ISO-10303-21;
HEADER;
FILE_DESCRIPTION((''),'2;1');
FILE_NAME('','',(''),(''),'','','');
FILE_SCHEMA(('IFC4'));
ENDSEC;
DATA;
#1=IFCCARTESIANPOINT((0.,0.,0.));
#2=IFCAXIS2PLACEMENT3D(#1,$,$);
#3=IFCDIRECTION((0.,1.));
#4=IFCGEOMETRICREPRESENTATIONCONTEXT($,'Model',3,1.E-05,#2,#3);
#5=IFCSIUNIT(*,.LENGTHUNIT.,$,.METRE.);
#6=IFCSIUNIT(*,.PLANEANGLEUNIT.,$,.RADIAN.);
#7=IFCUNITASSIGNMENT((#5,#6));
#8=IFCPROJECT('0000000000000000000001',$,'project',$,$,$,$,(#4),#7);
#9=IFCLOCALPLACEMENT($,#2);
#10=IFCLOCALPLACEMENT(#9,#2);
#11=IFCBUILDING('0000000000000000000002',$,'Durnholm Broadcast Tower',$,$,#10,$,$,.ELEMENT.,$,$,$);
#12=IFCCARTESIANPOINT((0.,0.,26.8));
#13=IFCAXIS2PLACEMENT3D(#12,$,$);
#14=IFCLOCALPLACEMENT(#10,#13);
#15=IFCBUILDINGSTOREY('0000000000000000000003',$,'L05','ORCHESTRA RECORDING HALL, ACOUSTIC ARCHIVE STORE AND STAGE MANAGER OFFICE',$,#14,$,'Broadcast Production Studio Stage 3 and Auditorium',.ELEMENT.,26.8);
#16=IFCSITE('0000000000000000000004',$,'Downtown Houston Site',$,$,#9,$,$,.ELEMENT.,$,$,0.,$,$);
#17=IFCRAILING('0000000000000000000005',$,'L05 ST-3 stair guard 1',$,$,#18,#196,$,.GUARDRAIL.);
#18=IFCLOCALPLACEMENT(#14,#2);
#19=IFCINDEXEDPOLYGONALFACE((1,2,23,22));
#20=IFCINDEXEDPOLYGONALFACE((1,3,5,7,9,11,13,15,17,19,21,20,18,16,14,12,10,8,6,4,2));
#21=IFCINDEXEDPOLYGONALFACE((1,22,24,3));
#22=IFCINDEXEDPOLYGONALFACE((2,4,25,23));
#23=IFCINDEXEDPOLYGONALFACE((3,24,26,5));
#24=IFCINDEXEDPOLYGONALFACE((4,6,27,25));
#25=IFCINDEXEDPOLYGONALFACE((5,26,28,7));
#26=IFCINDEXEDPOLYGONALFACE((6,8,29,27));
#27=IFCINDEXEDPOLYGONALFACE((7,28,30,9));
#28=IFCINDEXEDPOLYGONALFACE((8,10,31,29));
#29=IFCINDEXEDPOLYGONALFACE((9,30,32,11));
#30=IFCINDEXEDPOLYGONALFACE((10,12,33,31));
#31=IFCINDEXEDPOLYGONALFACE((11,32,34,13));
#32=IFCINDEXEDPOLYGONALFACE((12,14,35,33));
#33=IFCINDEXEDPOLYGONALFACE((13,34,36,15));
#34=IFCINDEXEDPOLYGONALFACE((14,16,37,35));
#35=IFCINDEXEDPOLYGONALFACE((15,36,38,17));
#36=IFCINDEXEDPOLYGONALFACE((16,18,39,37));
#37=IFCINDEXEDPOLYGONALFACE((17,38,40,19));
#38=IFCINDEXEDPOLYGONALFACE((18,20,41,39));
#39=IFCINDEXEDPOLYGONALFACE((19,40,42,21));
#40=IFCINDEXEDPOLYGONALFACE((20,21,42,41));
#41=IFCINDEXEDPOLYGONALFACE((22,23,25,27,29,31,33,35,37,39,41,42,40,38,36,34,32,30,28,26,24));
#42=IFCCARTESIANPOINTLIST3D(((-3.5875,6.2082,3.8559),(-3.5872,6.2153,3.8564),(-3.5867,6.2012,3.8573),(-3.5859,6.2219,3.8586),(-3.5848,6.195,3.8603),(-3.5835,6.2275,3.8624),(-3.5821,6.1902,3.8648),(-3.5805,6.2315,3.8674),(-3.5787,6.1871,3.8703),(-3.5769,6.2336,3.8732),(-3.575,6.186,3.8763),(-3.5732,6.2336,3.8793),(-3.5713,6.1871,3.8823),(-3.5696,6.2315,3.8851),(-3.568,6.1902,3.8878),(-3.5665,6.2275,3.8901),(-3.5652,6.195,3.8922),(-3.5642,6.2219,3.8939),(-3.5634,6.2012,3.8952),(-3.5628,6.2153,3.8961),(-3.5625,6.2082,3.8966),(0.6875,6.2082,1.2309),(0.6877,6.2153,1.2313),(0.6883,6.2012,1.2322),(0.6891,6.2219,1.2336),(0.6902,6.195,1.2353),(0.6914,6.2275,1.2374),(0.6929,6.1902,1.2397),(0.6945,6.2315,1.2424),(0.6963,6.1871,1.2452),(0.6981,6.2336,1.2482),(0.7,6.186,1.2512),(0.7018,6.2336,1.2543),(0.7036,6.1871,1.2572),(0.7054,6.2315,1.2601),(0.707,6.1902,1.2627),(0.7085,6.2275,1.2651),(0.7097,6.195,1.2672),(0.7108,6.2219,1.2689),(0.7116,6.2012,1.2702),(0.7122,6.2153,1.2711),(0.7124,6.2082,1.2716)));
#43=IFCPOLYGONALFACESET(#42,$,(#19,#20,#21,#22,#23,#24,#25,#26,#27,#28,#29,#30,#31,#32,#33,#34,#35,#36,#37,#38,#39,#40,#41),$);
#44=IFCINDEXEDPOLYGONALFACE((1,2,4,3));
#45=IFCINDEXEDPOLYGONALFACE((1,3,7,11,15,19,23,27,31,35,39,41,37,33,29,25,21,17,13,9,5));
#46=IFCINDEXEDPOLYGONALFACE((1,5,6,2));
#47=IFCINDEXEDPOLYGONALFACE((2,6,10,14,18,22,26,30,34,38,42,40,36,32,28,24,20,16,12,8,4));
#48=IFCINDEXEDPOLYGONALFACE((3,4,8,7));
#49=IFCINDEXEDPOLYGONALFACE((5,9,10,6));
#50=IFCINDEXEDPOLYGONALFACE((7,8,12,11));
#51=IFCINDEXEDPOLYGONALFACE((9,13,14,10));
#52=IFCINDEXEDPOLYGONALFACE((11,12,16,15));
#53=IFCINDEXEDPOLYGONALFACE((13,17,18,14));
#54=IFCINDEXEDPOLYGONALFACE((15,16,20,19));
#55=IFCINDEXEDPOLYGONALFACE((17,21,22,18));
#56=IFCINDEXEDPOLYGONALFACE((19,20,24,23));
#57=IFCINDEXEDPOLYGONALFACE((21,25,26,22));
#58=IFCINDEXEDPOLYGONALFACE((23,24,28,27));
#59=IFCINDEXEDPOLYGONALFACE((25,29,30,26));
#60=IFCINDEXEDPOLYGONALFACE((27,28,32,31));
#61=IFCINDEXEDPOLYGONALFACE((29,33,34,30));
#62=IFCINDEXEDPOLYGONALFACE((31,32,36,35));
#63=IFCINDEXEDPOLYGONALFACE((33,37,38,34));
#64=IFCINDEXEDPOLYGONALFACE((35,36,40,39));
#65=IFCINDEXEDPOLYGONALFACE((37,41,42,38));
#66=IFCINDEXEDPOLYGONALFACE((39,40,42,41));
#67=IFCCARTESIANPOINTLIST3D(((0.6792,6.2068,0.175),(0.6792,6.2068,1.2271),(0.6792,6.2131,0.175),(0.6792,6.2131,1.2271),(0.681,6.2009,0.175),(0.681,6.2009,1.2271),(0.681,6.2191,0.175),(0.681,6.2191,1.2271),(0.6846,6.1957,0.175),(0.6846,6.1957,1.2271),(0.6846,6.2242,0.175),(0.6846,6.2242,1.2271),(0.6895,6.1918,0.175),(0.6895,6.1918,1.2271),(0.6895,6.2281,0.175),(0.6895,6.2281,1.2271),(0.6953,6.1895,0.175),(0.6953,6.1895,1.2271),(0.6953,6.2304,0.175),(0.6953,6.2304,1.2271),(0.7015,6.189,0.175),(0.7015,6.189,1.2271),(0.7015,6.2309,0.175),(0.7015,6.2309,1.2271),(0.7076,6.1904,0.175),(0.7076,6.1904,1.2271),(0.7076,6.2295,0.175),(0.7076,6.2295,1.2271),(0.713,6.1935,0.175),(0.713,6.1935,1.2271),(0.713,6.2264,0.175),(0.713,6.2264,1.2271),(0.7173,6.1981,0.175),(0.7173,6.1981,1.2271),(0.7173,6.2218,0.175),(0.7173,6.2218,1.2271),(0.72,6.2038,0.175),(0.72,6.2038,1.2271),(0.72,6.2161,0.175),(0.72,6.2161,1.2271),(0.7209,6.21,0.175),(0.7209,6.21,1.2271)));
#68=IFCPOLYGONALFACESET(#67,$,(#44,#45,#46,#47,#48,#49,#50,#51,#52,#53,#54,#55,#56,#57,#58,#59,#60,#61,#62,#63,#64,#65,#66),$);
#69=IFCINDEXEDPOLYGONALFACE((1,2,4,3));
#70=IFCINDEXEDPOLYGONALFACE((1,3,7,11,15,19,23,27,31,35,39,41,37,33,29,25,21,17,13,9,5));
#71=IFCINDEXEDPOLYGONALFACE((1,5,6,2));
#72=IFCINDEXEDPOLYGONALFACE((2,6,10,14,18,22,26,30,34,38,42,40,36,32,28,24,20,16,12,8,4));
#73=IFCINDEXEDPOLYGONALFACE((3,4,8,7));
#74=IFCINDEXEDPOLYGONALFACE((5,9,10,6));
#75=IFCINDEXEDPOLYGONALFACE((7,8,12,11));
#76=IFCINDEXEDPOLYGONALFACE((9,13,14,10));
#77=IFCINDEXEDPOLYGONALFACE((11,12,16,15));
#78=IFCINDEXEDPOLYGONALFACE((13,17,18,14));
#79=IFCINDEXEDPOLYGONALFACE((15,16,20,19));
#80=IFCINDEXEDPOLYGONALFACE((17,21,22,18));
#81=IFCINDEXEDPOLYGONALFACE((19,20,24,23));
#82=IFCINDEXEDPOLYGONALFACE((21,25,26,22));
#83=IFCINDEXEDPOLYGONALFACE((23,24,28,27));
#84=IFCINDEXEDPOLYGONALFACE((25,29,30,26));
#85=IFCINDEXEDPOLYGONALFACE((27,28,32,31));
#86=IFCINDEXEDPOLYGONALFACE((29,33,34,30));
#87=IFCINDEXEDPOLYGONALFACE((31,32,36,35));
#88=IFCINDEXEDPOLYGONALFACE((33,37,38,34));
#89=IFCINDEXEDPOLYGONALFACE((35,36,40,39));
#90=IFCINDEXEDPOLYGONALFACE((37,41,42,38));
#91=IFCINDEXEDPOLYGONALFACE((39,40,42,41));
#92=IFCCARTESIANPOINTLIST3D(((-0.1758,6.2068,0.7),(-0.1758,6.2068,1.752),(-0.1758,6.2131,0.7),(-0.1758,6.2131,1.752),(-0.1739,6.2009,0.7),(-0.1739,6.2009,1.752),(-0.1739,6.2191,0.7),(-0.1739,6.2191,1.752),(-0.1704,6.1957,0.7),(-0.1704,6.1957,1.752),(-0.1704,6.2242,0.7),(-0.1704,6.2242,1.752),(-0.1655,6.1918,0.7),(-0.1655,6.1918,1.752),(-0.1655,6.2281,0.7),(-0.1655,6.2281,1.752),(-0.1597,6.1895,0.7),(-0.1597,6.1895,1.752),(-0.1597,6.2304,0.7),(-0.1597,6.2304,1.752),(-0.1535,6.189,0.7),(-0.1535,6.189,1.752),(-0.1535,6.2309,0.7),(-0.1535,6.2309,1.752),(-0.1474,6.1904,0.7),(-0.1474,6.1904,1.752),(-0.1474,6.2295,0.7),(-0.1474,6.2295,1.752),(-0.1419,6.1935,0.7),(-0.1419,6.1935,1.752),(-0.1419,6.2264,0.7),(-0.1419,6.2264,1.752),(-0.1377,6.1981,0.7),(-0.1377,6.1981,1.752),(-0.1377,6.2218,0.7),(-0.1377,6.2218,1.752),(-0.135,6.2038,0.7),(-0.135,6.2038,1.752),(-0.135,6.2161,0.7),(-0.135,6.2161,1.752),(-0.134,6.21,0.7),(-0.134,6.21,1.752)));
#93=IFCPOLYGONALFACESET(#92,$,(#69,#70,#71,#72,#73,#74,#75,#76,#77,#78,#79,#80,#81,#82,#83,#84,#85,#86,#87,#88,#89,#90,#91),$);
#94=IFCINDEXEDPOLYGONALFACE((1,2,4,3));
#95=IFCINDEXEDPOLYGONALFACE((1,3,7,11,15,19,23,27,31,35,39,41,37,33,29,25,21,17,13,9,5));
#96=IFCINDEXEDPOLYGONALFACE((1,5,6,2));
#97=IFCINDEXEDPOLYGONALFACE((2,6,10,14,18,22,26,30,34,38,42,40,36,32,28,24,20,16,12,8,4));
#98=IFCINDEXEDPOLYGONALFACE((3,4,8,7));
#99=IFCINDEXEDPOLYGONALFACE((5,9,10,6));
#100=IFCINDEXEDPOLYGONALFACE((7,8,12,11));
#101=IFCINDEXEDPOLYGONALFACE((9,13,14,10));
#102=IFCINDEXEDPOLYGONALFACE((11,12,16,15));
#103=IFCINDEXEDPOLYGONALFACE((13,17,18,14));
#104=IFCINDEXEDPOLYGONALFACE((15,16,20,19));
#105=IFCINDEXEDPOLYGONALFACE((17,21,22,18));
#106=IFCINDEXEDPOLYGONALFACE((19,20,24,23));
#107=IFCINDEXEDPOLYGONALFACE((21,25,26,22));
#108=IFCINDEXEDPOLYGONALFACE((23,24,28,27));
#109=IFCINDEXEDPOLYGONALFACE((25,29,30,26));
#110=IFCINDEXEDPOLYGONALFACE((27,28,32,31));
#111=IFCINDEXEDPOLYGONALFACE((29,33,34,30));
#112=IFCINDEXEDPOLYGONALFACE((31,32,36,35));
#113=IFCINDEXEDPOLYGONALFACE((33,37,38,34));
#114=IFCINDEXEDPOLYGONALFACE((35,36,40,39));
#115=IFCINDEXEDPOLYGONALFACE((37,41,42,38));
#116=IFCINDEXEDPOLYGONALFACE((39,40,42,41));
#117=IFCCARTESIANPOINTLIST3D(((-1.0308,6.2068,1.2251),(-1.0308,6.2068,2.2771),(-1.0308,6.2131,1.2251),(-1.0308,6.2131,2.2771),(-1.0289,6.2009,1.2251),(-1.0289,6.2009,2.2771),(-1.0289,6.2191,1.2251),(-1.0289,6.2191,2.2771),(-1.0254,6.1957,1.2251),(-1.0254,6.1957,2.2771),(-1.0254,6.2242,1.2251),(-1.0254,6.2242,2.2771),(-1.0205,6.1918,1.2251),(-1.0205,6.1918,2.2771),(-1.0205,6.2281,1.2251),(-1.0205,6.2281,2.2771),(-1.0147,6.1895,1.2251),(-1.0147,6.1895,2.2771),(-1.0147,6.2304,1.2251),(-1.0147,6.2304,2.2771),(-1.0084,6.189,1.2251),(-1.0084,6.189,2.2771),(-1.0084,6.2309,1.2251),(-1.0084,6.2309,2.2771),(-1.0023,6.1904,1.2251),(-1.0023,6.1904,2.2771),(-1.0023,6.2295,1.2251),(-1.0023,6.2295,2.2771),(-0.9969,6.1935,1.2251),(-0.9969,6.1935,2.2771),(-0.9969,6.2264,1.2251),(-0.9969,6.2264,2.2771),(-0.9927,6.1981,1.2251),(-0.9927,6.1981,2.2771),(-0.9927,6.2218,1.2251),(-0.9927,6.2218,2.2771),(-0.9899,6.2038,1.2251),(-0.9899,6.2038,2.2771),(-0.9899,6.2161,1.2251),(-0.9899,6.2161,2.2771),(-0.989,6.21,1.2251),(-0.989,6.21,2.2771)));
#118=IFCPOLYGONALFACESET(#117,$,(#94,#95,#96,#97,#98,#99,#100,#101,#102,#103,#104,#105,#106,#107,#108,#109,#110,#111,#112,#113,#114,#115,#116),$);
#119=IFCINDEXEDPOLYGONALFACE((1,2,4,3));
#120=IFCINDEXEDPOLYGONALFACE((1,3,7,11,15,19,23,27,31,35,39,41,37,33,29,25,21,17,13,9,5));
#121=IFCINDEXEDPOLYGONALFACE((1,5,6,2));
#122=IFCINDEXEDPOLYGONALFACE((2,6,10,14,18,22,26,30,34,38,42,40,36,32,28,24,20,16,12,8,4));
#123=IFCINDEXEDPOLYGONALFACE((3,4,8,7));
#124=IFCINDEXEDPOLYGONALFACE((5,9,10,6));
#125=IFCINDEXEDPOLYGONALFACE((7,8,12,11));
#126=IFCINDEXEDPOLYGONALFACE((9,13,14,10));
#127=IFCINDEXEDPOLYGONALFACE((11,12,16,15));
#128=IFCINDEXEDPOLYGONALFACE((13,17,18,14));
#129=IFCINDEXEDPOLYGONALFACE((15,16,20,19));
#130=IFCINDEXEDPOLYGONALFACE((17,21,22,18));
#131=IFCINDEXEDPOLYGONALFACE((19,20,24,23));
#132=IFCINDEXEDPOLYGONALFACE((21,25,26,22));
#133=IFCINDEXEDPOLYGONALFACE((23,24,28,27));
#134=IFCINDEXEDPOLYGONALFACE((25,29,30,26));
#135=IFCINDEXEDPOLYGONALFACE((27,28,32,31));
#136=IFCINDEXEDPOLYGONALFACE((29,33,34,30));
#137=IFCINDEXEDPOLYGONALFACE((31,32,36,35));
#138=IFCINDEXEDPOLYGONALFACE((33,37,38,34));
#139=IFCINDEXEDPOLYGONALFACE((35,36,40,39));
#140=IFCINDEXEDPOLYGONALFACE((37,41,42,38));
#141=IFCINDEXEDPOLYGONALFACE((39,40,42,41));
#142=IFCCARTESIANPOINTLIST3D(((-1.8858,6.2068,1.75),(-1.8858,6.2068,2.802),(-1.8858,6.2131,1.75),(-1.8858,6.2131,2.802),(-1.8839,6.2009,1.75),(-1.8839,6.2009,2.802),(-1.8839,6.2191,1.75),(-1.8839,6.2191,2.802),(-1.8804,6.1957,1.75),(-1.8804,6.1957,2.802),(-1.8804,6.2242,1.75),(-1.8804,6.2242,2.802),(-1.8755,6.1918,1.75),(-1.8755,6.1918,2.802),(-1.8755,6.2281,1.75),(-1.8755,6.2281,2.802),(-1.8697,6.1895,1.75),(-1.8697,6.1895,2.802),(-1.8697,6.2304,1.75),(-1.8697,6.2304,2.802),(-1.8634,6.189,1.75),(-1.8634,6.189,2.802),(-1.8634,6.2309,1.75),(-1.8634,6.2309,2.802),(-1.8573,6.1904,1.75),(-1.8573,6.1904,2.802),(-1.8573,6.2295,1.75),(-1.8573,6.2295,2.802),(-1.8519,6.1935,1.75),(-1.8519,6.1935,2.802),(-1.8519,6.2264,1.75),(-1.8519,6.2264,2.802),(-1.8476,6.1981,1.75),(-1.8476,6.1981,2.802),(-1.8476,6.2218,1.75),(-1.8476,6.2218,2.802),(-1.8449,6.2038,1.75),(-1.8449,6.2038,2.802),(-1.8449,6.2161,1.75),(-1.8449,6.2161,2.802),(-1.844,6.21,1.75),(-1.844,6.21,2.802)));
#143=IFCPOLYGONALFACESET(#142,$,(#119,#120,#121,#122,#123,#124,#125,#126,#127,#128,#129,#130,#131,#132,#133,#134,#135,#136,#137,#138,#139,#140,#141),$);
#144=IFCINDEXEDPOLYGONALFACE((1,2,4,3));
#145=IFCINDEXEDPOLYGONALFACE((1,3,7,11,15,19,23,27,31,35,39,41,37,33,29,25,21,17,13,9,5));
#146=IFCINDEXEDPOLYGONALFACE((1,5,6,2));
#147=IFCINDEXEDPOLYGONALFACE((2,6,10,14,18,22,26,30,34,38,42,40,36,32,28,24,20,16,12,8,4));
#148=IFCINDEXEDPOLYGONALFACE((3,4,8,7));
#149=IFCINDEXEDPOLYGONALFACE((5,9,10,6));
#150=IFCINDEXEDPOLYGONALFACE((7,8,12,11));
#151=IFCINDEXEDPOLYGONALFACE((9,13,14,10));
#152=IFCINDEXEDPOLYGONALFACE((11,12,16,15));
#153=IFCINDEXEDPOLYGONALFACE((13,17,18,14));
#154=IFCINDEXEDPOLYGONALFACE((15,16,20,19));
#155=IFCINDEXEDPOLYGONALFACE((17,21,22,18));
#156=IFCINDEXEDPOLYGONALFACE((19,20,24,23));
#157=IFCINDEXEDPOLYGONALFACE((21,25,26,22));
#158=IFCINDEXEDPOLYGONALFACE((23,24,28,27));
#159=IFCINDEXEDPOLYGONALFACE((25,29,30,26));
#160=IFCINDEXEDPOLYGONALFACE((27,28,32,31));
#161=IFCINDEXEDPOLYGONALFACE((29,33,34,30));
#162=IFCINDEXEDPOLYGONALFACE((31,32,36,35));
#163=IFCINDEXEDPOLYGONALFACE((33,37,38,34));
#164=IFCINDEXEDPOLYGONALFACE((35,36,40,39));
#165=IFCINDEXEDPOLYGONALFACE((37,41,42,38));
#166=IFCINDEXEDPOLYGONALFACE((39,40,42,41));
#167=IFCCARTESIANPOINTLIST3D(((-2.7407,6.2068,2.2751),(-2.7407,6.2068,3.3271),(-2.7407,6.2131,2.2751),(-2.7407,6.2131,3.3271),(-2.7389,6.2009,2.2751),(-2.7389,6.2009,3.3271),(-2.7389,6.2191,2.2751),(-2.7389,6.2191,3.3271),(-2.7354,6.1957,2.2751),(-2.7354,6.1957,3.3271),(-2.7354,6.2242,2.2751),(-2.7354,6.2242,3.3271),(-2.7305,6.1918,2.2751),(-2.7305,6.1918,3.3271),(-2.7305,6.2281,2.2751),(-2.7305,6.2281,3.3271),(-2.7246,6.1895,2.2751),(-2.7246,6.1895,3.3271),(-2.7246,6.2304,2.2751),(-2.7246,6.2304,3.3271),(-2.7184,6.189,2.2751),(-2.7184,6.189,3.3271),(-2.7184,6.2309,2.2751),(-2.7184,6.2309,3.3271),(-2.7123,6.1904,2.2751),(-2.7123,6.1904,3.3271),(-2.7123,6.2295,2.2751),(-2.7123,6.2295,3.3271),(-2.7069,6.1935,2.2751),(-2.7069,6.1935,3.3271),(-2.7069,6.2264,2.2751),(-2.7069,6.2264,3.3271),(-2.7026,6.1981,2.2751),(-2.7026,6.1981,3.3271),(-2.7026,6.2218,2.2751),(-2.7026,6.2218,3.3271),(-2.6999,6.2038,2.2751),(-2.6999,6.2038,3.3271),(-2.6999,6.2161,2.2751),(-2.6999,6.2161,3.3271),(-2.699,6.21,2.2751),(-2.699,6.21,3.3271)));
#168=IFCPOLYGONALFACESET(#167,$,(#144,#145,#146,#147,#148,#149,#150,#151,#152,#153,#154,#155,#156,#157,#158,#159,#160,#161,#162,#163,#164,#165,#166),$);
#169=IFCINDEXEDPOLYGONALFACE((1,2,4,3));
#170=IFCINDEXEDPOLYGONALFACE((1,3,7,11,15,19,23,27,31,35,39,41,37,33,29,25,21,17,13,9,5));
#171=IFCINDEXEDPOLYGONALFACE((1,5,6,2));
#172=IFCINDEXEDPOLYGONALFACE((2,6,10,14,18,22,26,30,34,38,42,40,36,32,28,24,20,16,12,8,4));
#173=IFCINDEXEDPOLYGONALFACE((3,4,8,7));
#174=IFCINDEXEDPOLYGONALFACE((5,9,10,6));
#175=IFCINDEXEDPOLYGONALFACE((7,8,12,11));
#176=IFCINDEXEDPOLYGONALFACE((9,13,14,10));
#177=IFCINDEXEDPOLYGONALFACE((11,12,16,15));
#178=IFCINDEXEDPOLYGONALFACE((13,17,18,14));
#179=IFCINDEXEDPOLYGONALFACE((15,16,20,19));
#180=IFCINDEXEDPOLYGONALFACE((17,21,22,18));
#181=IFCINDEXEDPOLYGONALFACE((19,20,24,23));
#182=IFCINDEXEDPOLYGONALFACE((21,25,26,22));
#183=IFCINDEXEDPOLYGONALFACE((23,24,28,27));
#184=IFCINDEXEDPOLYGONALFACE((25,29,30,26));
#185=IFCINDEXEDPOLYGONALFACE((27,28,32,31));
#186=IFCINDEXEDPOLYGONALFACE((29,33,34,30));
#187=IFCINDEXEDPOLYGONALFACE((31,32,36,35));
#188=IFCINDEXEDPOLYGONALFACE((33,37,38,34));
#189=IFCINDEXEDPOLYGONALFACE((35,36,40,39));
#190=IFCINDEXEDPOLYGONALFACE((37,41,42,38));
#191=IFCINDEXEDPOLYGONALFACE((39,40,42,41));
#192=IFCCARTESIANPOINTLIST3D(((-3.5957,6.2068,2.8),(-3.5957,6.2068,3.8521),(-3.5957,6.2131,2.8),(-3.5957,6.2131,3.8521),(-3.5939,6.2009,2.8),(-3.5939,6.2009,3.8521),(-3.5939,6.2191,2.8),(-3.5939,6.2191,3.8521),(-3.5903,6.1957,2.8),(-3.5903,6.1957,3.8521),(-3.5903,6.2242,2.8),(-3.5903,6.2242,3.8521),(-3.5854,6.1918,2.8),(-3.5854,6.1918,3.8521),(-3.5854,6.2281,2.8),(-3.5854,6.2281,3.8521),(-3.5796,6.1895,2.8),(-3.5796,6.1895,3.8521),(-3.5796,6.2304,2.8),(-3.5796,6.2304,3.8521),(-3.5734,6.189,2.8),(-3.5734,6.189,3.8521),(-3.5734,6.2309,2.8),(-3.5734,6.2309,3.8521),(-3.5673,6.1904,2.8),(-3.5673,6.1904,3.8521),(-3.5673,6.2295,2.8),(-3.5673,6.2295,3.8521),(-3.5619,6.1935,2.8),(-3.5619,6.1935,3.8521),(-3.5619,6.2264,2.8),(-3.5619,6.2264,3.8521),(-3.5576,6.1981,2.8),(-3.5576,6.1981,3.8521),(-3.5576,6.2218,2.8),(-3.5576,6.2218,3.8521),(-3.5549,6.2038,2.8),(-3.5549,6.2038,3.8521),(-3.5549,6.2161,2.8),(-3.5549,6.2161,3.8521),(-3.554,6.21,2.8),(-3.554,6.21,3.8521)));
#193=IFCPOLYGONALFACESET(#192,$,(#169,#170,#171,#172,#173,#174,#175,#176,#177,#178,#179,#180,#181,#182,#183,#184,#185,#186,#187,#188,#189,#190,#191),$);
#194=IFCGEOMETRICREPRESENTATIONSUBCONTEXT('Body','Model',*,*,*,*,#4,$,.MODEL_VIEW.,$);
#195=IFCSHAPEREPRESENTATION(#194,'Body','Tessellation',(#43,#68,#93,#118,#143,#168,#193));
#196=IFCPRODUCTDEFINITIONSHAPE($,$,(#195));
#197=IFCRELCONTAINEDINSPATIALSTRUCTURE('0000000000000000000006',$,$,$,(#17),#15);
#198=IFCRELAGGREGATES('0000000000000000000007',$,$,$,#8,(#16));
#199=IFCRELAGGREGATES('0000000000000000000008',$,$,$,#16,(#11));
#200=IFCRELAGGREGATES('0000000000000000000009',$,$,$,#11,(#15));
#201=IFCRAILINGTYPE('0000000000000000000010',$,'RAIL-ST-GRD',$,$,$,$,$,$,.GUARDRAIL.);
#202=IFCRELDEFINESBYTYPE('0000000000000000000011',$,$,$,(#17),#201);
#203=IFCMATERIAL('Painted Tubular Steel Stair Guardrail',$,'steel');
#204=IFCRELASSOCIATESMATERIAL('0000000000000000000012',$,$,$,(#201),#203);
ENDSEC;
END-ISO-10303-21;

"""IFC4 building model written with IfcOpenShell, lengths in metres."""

from ifc_helpers import new_model, si_unit, direction, frame, origin, origin_2d, place, context, subcontext, project, spatial, circle, extrude, material, type_object, element, save


model = new_model("IFC4")

# Units and contexts
model_context = context("Model", 3, precision=1e-05, world=origin(), true_north=direction((0.0, 1.0)))
body_context = subcontext(model_context, "Body", "Model", "MODEL_VIEW")
ifc_project = project(units=[si_unit("LENGTHUNIT", "METRE"), si_unit("PLANEANGLEUNIT", "RADIAN")], contexts=[model_context])

# Site, building, storey
site_placement = place(None, origin())
site = spatial("IfcSite", under=ifc_project, at=site_placement, Name="Downtown Houston Site", CompositionType="ELEMENT", RefElevation=0.0)
building_placement = place(site_placement, origin())
building = spatial("IfcBuilding", under=site, at=building_placement, Name="Durnholm Broadcast Tower", CompositionType="ELEMENT")
storey_placement = place(building_placement, frame((0.0, 0.0, 26.8)))
storey = spatial("IfcBuildingStorey", under=building, at=storey_placement, Name="L05", Description="ORCHESTRA RECORDING HALL, ACOUSTIC ARCHIVE STORE AND STAGE MANAGER OFFICE", LongName="Broadcast Production Studio Stage 3 and Auditorium", CompositionType="ELEMENT", Elevation=26.8)

# Railing
ifc_material_1 = material(Name="Painted Tubular Steel Stair Guardrail", Category="steel")
railing_type_1 = type_object("IfcRailingType", Name="RAIL-ST-GRD", PredefinedType="GUARDRAIL", material=ifc_material_1)
railing_1_placement = place(storey_placement, frame((0.7, 6.21, 0.175)))
element("IfcRailing", 1, at=railing_1_placement, inside=storey, type_object=railing_type_1, Name="L05 ST-3 stair guard 1", PredefinedType="GUARDRAIL", context=body_context, shape_type="SweptSolid", body=[
    extrude(circle(Radius=0.0239, at=origin_2d()), frame((0.0, 0.0, 1.0762), z_axis=(-0.852166, 0.0, 0.523272), x_axis=(0.0, -1.0, 0.0)), (0.0, 0.0, 1.0), 5.0166),
    extrude(circle(Radius=0.021, at=origin_2d()), origin(), (0.0, 0.0, 1.0), 1.052),
    extrude(circle(Radius=0.021, at=origin_2d()), frame((-0.855, 0.0, 0.5249)), (0.0, 0.0, 1.0), 1.052),
    extrude(circle(Radius=0.021, at=origin_2d()), frame((-1.71, 0.0, 1.05)), (0.0, 0.0, 1.0), 1.052),
    extrude(circle(Radius=0.021, at=origin_2d()), frame((-2.5649, 0.0, 1.575)), (0.0, 0.0, 1.0), 1.052),
    extrude(circle(Radius=0.021, at=origin_2d()), frame((-3.4199, 0.0, 2.1001)), (0.0, 0.0, 1.0), 1.052),
    extrude(circle(Radius=0.021, at=origin_2d()), frame((-4.2749, 0.0, 2.625)), (0.0, 0.0, 1.0), 1.052),
])

save(model, "model.ifc")
